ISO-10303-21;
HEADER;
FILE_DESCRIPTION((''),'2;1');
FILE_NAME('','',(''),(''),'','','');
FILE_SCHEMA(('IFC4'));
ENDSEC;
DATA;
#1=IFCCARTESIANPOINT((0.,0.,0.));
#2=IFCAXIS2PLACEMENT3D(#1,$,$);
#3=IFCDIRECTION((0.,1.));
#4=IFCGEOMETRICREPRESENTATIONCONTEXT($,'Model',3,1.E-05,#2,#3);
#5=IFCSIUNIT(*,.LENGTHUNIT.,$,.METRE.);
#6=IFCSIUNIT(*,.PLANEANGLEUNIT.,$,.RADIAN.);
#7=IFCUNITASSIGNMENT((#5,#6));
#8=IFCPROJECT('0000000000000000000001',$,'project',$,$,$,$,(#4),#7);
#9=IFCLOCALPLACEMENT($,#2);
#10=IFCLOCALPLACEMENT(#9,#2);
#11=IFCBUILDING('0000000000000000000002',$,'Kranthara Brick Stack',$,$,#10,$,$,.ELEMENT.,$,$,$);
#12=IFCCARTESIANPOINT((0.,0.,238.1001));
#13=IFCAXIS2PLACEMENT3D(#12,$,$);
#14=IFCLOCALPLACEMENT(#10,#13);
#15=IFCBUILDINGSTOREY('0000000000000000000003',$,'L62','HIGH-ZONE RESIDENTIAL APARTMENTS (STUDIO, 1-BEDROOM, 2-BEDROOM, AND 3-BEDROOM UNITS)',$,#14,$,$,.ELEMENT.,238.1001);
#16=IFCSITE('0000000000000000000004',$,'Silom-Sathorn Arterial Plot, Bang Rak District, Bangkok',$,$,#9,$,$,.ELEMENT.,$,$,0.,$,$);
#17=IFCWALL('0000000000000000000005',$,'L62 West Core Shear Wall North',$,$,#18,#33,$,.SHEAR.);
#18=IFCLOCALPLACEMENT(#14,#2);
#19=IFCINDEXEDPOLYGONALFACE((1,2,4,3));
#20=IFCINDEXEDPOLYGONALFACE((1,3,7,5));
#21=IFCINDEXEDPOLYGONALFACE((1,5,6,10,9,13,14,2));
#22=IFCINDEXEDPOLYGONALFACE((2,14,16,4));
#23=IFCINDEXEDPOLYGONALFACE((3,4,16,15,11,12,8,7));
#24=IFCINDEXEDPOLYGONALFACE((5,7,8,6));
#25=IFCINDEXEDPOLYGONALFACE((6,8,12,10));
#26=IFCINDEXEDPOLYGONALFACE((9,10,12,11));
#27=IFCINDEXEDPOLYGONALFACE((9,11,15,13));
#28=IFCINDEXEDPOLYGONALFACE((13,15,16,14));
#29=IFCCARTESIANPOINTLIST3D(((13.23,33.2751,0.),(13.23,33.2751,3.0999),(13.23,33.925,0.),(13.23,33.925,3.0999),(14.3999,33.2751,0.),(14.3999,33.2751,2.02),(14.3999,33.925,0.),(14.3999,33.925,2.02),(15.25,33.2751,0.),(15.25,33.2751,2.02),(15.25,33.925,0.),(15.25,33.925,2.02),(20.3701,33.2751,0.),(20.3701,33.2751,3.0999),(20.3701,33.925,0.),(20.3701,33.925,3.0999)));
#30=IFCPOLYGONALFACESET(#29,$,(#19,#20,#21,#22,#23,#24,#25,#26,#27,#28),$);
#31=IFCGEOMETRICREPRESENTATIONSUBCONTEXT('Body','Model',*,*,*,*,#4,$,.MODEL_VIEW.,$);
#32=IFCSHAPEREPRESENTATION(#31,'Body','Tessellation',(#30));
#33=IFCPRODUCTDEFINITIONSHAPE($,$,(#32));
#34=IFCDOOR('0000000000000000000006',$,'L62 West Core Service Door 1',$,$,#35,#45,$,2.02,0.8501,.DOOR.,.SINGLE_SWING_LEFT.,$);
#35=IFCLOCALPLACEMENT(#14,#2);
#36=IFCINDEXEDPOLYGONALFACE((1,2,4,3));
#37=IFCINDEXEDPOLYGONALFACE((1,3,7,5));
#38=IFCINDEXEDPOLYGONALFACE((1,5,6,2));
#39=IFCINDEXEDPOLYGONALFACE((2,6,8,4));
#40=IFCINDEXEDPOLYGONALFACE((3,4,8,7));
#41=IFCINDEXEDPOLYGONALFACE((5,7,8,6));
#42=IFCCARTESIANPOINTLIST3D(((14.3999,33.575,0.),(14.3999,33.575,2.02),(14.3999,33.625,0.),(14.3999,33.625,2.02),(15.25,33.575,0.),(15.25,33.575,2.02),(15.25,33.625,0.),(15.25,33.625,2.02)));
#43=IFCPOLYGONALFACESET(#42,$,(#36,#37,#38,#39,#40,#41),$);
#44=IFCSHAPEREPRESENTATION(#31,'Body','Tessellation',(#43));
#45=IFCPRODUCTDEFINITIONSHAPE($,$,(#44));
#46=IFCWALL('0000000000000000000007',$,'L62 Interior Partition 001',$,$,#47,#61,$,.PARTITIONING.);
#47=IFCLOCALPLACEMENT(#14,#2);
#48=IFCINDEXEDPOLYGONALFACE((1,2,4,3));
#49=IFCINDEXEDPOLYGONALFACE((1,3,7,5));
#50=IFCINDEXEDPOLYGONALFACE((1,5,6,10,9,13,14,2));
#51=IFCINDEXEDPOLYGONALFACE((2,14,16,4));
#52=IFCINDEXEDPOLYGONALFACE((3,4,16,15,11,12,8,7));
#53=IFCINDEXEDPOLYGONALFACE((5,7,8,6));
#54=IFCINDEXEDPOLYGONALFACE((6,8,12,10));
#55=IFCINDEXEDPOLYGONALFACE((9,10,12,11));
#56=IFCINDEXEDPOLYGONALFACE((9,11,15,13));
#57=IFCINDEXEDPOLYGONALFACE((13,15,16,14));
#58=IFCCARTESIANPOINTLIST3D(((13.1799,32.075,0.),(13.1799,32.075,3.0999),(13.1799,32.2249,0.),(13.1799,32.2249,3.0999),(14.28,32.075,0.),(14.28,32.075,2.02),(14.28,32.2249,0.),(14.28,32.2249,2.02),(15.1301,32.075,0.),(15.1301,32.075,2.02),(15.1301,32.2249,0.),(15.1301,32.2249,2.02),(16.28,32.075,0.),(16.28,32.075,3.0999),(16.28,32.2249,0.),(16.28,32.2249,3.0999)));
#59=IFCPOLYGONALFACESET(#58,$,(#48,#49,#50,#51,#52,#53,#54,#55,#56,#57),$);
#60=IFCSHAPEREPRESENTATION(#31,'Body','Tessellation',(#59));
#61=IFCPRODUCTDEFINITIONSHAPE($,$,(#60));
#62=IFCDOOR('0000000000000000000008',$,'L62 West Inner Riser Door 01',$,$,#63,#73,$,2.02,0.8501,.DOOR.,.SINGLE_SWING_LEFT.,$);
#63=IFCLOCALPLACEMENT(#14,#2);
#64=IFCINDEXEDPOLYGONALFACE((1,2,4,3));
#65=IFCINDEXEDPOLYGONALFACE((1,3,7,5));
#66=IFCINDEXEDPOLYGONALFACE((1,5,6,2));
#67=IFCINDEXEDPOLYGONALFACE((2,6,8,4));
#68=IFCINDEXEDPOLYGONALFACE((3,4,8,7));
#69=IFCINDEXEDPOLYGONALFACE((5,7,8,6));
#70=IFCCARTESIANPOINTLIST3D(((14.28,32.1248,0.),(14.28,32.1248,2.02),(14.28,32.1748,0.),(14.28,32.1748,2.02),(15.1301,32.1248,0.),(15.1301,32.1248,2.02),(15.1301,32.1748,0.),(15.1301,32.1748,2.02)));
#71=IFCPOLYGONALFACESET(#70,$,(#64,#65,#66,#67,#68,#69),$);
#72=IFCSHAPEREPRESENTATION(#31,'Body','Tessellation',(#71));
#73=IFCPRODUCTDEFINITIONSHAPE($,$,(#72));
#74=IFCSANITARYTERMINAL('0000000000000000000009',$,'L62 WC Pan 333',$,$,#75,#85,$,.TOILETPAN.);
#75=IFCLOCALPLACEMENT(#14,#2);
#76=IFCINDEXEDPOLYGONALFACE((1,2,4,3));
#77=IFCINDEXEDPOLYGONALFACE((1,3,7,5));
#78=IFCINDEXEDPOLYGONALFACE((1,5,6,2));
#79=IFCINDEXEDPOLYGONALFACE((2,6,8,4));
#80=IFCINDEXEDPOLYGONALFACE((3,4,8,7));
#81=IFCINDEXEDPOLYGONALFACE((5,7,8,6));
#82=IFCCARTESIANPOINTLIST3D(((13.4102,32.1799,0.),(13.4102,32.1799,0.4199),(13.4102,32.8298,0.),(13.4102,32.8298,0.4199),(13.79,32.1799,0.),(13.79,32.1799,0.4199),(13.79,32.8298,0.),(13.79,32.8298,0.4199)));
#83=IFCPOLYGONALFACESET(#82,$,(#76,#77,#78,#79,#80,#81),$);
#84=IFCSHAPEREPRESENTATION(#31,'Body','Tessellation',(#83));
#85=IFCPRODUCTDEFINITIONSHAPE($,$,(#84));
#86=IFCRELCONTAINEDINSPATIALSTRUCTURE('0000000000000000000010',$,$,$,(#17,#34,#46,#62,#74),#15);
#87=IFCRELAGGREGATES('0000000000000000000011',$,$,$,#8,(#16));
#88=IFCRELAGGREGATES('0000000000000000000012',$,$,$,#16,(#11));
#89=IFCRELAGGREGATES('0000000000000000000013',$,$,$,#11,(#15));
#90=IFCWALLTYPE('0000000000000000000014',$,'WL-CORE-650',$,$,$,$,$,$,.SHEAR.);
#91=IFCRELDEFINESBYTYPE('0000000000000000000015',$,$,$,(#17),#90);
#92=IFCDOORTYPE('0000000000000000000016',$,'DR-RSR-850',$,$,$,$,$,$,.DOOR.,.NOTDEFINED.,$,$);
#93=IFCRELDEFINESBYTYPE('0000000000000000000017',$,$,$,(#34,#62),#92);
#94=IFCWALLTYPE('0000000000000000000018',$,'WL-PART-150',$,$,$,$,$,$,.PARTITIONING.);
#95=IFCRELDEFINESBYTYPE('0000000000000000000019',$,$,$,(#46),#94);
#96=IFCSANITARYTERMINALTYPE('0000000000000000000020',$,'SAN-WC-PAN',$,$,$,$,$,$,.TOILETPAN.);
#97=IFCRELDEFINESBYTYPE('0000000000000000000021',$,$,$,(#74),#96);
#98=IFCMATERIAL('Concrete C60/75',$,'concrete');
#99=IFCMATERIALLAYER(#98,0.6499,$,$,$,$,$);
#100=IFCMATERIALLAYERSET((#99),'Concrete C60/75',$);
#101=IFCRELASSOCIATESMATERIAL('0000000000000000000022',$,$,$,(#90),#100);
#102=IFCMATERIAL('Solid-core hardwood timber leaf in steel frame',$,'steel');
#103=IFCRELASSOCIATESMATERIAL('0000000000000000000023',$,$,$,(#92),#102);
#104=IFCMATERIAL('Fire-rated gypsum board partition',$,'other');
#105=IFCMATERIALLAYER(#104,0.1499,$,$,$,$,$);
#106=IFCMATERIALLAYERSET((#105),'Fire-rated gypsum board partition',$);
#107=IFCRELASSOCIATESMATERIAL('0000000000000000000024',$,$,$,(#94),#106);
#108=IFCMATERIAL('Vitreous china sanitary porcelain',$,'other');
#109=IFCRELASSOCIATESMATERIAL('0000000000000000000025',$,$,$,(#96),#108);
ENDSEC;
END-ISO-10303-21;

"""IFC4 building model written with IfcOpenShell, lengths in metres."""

from ifc_helpers import new_model, si_unit, direction, frame, frame_2d, origin, origin_2d, place, context, subcontext, project, spatial, rectangle, extrude, material, layer, layer_set, type_object, element, fill, save


model = new_model("IFC4")

# Units and contexts
model_context = context("Model", 3, precision=1e-05, world=origin(), true_north=direction((0.0, 1.0)))
body_context = subcontext(model_context, "Body", "Model", "MODEL_VIEW")
ifc_project = project(units=[si_unit("LENGTHUNIT", "METRE"), si_unit("PLANEANGLEUNIT", "RADIAN")], contexts=[model_context])

# Site, building, storey
site_placement = place(None, origin())
site = spatial("IfcSite", under=ifc_project, at=site_placement, Name="Silom-Sathorn Arterial Plot, Bang Rak District, Bangkok", CompositionType="ELEMENT", RefElevation=0.0)
building_placement = place(site_placement, origin())
building = spatial("IfcBuilding", under=site, at=building_placement, Name="Kranthara Brick Stack", CompositionType="ELEMENT")
storey_placement = place(building_placement, frame((0.0, 0.0, 238.1001)))
storey = spatial("IfcBuildingStorey", under=building, at=storey_placement, Name="L62", Description="HIGH-ZONE RESIDENTIAL APARTMENTS (STUDIO, 1-BEDROOM, 2-BEDROOM, AND 3-BEDROOM UNITS)", CompositionType="ELEMENT", Elevation=238.1001)

# Walls, openings, doors
ifc_material_1 = material(Name="Concrete C60/75", Category="concrete")
ifc_layer_1 = layer(ifc_material_1, 0.6499)
ifc_layer_set_1 = layer_set([ifc_layer_1], Name="Concrete C60/75")
wall_type_1 = type_object("IfcWallType", Name="WL-CORE-650", PredefinedType="SHEAR", material=ifc_layer_set_1)
wall_1_placement = place(storey_placement, frame((13.23, 33.6001, 0.0), z_axis=(0.0, 0.0, 1.0), x_axis=(1.0, 0.0, 0.0)))
wall_1 = element("IfcWall", 1, at=wall_1_placement, inside=storey, type_object=wall_type_1, Name="L62 West Core Shear Wall North", PredefinedType="SHEAR", context=body_context, shape_type="SweptSolid", body=[
    extrude(rectangle(XDim=7.1401, YDim=0.6499, at=frame_2d((3.5701, 0.0))), origin(), (0.0, 0.0, 1.0), 3.0999),
])
opening_1_placement = place(wall_1_placement, frame((1.1699, 0.0, 0.0)))
opening_1 = element("IfcOpeningElement", 2, at=opening_1_placement, cuts=wall_1, PredefinedType="OPENING", context=body_context, shape_type="SweptSolid", body=[
    extrude(rectangle(XDim=0.8501, YDim=2.02, at=frame_2d((0.425, 1.01))), frame((0.0, 0.335, 0.0), z_axis=(0.0, -1.0, 0.0), x_axis=(1.0, 0.0, 0.0)), (0.0, 0.0, 1.0), 0.6699),
])
ifc_material_2 = material(Name="Solid-core hardwood timber leaf in steel frame", Category="steel")
door_type_1 = type_object("IfcDoorType", Name="DR-RSR-850", OperationType="NOTDEFINED", PredefinedType="DOOR", material=ifc_material_2)
door_1_placement = place(opening_1_placement, origin())
door_1 = element("IfcDoor", 3, at=door_1_placement, inside=storey, type_object=door_type_1, Name="L62 West Core Service Door 1", OperationType="SINGLE_SWING_LEFT", OverallHeight=2.02, OverallWidth=0.8501, PredefinedType="DOOR", context=body_context, shape_type="SweptSolid", body=[
    extrude(rectangle(XDim=0.8501, YDim=2.02, at=frame_2d((0.425, 1.01))), frame((0.0, 0.0249, 0.0), z_axis=(0.0, -1.0, 0.0), x_axis=(1.0, 0.0, 0.0)), (0.0, 0.0, 1.0), 0.05),
])
fill(opening_1, door_1)
ifc_material_3 = material(Name="Fire-rated gypsum board partition", Category="other")
ifc_layer_2 = layer(ifc_material_3, 0.1499)
ifc_layer_set_2 = layer_set([ifc_layer_2], Name="Fire-rated gypsum board partition")
wall_type_2 = type_object("IfcWallType", Name="WL-PART-150", PredefinedType="PARTITIONING", material=ifc_layer_set_2)
wall_2_placement = place(storey_placement, frame((13.1799, 32.1499, 0.0), z_axis=(0.0, 0.0, 1.0), x_axis=(1.0, 0.0, 0.0)))
wall_2 = element("IfcWall", 4, at=wall_2_placement, inside=storey, type_object=wall_type_2, Name="L62 Interior Partition 001", PredefinedType="PARTITIONING", context=body_context, shape_type="SweptSolid", body=[
    extrude(rectangle(XDim=3.1001, YDim=0.1499, at=frame_2d((1.55, 0.0))), origin(), (0.0, 0.0, 1.0), 3.0999),
])
opening_2_placement = place(wall_2_placement, frame((1.1001, 0.0, 0.0)))
opening_2 = element("IfcOpeningElement", 5, at=opening_2_placement, cuts=wall_2, PredefinedType="OPENING", context=body_context, shape_type="SweptSolid", body=[
    extrude(rectangle(XDim=0.8501, YDim=2.02, at=frame_2d((0.425, 1.01))), frame((0.0, 0.085, 0.0), z_axis=(0.0, -1.0, 0.0), x_axis=(1.0, 0.0, 0.0)), (0.0, 0.0, 1.0), 0.1699),
])
door_2_placement = place(opening_2_placement, origin())
door_2 = element("IfcDoor", 6, at=door_2_placement, inside=storey, type_object=door_type_1, Name="L62 West Inner Riser Door 01", OperationType="SINGLE_SWING_LEFT", OverallHeight=2.02, OverallWidth=0.8501, PredefinedType="DOOR", context=body_context, shape_type="SweptSolid", body=[
    extrude(rectangle(XDim=0.8501, YDim=2.02, at=frame_2d((0.425, 1.01))), frame((0.0, 0.0249, 0.0), z_axis=(0.0, -1.0, 0.0), x_axis=(1.0, 0.0, 0.0)), (0.0, 0.0, 1.0), 0.05),
])
fill(opening_2, door_2)

# Sanitary terminal
ifc_material_4 = material(Name="Vitreous china sanitary porcelain", Category="other")
sanitary_terminal_type = type_object("IfcSanitaryTerminalType", Name="SAN-WC-PAN", PredefinedType="TOILETPAN", material=ifc_material_4)
sanitary_terminal_placement = place(storey_placement, frame((13.6001, 32.5049, 0.0), z_axis=(0.0, 0.0, 1.0), x_axis=(1.0, 0.0, 0.0)))
element("IfcSanitaryTerminal", 7, at=sanitary_terminal_placement, inside=storey, type_object=sanitary_terminal_type, Name="L62 WC Pan 333", PredefinedType="TOILETPAN", context=body_context, shape_type="SweptSolid", body=[
    extrude(rectangle(XDim=0.3799, YDim=0.6499, at=origin_2d()), origin(), (0.0, 0.0, 1.0), 0.4199),
])

save(model, "model.ifc")
